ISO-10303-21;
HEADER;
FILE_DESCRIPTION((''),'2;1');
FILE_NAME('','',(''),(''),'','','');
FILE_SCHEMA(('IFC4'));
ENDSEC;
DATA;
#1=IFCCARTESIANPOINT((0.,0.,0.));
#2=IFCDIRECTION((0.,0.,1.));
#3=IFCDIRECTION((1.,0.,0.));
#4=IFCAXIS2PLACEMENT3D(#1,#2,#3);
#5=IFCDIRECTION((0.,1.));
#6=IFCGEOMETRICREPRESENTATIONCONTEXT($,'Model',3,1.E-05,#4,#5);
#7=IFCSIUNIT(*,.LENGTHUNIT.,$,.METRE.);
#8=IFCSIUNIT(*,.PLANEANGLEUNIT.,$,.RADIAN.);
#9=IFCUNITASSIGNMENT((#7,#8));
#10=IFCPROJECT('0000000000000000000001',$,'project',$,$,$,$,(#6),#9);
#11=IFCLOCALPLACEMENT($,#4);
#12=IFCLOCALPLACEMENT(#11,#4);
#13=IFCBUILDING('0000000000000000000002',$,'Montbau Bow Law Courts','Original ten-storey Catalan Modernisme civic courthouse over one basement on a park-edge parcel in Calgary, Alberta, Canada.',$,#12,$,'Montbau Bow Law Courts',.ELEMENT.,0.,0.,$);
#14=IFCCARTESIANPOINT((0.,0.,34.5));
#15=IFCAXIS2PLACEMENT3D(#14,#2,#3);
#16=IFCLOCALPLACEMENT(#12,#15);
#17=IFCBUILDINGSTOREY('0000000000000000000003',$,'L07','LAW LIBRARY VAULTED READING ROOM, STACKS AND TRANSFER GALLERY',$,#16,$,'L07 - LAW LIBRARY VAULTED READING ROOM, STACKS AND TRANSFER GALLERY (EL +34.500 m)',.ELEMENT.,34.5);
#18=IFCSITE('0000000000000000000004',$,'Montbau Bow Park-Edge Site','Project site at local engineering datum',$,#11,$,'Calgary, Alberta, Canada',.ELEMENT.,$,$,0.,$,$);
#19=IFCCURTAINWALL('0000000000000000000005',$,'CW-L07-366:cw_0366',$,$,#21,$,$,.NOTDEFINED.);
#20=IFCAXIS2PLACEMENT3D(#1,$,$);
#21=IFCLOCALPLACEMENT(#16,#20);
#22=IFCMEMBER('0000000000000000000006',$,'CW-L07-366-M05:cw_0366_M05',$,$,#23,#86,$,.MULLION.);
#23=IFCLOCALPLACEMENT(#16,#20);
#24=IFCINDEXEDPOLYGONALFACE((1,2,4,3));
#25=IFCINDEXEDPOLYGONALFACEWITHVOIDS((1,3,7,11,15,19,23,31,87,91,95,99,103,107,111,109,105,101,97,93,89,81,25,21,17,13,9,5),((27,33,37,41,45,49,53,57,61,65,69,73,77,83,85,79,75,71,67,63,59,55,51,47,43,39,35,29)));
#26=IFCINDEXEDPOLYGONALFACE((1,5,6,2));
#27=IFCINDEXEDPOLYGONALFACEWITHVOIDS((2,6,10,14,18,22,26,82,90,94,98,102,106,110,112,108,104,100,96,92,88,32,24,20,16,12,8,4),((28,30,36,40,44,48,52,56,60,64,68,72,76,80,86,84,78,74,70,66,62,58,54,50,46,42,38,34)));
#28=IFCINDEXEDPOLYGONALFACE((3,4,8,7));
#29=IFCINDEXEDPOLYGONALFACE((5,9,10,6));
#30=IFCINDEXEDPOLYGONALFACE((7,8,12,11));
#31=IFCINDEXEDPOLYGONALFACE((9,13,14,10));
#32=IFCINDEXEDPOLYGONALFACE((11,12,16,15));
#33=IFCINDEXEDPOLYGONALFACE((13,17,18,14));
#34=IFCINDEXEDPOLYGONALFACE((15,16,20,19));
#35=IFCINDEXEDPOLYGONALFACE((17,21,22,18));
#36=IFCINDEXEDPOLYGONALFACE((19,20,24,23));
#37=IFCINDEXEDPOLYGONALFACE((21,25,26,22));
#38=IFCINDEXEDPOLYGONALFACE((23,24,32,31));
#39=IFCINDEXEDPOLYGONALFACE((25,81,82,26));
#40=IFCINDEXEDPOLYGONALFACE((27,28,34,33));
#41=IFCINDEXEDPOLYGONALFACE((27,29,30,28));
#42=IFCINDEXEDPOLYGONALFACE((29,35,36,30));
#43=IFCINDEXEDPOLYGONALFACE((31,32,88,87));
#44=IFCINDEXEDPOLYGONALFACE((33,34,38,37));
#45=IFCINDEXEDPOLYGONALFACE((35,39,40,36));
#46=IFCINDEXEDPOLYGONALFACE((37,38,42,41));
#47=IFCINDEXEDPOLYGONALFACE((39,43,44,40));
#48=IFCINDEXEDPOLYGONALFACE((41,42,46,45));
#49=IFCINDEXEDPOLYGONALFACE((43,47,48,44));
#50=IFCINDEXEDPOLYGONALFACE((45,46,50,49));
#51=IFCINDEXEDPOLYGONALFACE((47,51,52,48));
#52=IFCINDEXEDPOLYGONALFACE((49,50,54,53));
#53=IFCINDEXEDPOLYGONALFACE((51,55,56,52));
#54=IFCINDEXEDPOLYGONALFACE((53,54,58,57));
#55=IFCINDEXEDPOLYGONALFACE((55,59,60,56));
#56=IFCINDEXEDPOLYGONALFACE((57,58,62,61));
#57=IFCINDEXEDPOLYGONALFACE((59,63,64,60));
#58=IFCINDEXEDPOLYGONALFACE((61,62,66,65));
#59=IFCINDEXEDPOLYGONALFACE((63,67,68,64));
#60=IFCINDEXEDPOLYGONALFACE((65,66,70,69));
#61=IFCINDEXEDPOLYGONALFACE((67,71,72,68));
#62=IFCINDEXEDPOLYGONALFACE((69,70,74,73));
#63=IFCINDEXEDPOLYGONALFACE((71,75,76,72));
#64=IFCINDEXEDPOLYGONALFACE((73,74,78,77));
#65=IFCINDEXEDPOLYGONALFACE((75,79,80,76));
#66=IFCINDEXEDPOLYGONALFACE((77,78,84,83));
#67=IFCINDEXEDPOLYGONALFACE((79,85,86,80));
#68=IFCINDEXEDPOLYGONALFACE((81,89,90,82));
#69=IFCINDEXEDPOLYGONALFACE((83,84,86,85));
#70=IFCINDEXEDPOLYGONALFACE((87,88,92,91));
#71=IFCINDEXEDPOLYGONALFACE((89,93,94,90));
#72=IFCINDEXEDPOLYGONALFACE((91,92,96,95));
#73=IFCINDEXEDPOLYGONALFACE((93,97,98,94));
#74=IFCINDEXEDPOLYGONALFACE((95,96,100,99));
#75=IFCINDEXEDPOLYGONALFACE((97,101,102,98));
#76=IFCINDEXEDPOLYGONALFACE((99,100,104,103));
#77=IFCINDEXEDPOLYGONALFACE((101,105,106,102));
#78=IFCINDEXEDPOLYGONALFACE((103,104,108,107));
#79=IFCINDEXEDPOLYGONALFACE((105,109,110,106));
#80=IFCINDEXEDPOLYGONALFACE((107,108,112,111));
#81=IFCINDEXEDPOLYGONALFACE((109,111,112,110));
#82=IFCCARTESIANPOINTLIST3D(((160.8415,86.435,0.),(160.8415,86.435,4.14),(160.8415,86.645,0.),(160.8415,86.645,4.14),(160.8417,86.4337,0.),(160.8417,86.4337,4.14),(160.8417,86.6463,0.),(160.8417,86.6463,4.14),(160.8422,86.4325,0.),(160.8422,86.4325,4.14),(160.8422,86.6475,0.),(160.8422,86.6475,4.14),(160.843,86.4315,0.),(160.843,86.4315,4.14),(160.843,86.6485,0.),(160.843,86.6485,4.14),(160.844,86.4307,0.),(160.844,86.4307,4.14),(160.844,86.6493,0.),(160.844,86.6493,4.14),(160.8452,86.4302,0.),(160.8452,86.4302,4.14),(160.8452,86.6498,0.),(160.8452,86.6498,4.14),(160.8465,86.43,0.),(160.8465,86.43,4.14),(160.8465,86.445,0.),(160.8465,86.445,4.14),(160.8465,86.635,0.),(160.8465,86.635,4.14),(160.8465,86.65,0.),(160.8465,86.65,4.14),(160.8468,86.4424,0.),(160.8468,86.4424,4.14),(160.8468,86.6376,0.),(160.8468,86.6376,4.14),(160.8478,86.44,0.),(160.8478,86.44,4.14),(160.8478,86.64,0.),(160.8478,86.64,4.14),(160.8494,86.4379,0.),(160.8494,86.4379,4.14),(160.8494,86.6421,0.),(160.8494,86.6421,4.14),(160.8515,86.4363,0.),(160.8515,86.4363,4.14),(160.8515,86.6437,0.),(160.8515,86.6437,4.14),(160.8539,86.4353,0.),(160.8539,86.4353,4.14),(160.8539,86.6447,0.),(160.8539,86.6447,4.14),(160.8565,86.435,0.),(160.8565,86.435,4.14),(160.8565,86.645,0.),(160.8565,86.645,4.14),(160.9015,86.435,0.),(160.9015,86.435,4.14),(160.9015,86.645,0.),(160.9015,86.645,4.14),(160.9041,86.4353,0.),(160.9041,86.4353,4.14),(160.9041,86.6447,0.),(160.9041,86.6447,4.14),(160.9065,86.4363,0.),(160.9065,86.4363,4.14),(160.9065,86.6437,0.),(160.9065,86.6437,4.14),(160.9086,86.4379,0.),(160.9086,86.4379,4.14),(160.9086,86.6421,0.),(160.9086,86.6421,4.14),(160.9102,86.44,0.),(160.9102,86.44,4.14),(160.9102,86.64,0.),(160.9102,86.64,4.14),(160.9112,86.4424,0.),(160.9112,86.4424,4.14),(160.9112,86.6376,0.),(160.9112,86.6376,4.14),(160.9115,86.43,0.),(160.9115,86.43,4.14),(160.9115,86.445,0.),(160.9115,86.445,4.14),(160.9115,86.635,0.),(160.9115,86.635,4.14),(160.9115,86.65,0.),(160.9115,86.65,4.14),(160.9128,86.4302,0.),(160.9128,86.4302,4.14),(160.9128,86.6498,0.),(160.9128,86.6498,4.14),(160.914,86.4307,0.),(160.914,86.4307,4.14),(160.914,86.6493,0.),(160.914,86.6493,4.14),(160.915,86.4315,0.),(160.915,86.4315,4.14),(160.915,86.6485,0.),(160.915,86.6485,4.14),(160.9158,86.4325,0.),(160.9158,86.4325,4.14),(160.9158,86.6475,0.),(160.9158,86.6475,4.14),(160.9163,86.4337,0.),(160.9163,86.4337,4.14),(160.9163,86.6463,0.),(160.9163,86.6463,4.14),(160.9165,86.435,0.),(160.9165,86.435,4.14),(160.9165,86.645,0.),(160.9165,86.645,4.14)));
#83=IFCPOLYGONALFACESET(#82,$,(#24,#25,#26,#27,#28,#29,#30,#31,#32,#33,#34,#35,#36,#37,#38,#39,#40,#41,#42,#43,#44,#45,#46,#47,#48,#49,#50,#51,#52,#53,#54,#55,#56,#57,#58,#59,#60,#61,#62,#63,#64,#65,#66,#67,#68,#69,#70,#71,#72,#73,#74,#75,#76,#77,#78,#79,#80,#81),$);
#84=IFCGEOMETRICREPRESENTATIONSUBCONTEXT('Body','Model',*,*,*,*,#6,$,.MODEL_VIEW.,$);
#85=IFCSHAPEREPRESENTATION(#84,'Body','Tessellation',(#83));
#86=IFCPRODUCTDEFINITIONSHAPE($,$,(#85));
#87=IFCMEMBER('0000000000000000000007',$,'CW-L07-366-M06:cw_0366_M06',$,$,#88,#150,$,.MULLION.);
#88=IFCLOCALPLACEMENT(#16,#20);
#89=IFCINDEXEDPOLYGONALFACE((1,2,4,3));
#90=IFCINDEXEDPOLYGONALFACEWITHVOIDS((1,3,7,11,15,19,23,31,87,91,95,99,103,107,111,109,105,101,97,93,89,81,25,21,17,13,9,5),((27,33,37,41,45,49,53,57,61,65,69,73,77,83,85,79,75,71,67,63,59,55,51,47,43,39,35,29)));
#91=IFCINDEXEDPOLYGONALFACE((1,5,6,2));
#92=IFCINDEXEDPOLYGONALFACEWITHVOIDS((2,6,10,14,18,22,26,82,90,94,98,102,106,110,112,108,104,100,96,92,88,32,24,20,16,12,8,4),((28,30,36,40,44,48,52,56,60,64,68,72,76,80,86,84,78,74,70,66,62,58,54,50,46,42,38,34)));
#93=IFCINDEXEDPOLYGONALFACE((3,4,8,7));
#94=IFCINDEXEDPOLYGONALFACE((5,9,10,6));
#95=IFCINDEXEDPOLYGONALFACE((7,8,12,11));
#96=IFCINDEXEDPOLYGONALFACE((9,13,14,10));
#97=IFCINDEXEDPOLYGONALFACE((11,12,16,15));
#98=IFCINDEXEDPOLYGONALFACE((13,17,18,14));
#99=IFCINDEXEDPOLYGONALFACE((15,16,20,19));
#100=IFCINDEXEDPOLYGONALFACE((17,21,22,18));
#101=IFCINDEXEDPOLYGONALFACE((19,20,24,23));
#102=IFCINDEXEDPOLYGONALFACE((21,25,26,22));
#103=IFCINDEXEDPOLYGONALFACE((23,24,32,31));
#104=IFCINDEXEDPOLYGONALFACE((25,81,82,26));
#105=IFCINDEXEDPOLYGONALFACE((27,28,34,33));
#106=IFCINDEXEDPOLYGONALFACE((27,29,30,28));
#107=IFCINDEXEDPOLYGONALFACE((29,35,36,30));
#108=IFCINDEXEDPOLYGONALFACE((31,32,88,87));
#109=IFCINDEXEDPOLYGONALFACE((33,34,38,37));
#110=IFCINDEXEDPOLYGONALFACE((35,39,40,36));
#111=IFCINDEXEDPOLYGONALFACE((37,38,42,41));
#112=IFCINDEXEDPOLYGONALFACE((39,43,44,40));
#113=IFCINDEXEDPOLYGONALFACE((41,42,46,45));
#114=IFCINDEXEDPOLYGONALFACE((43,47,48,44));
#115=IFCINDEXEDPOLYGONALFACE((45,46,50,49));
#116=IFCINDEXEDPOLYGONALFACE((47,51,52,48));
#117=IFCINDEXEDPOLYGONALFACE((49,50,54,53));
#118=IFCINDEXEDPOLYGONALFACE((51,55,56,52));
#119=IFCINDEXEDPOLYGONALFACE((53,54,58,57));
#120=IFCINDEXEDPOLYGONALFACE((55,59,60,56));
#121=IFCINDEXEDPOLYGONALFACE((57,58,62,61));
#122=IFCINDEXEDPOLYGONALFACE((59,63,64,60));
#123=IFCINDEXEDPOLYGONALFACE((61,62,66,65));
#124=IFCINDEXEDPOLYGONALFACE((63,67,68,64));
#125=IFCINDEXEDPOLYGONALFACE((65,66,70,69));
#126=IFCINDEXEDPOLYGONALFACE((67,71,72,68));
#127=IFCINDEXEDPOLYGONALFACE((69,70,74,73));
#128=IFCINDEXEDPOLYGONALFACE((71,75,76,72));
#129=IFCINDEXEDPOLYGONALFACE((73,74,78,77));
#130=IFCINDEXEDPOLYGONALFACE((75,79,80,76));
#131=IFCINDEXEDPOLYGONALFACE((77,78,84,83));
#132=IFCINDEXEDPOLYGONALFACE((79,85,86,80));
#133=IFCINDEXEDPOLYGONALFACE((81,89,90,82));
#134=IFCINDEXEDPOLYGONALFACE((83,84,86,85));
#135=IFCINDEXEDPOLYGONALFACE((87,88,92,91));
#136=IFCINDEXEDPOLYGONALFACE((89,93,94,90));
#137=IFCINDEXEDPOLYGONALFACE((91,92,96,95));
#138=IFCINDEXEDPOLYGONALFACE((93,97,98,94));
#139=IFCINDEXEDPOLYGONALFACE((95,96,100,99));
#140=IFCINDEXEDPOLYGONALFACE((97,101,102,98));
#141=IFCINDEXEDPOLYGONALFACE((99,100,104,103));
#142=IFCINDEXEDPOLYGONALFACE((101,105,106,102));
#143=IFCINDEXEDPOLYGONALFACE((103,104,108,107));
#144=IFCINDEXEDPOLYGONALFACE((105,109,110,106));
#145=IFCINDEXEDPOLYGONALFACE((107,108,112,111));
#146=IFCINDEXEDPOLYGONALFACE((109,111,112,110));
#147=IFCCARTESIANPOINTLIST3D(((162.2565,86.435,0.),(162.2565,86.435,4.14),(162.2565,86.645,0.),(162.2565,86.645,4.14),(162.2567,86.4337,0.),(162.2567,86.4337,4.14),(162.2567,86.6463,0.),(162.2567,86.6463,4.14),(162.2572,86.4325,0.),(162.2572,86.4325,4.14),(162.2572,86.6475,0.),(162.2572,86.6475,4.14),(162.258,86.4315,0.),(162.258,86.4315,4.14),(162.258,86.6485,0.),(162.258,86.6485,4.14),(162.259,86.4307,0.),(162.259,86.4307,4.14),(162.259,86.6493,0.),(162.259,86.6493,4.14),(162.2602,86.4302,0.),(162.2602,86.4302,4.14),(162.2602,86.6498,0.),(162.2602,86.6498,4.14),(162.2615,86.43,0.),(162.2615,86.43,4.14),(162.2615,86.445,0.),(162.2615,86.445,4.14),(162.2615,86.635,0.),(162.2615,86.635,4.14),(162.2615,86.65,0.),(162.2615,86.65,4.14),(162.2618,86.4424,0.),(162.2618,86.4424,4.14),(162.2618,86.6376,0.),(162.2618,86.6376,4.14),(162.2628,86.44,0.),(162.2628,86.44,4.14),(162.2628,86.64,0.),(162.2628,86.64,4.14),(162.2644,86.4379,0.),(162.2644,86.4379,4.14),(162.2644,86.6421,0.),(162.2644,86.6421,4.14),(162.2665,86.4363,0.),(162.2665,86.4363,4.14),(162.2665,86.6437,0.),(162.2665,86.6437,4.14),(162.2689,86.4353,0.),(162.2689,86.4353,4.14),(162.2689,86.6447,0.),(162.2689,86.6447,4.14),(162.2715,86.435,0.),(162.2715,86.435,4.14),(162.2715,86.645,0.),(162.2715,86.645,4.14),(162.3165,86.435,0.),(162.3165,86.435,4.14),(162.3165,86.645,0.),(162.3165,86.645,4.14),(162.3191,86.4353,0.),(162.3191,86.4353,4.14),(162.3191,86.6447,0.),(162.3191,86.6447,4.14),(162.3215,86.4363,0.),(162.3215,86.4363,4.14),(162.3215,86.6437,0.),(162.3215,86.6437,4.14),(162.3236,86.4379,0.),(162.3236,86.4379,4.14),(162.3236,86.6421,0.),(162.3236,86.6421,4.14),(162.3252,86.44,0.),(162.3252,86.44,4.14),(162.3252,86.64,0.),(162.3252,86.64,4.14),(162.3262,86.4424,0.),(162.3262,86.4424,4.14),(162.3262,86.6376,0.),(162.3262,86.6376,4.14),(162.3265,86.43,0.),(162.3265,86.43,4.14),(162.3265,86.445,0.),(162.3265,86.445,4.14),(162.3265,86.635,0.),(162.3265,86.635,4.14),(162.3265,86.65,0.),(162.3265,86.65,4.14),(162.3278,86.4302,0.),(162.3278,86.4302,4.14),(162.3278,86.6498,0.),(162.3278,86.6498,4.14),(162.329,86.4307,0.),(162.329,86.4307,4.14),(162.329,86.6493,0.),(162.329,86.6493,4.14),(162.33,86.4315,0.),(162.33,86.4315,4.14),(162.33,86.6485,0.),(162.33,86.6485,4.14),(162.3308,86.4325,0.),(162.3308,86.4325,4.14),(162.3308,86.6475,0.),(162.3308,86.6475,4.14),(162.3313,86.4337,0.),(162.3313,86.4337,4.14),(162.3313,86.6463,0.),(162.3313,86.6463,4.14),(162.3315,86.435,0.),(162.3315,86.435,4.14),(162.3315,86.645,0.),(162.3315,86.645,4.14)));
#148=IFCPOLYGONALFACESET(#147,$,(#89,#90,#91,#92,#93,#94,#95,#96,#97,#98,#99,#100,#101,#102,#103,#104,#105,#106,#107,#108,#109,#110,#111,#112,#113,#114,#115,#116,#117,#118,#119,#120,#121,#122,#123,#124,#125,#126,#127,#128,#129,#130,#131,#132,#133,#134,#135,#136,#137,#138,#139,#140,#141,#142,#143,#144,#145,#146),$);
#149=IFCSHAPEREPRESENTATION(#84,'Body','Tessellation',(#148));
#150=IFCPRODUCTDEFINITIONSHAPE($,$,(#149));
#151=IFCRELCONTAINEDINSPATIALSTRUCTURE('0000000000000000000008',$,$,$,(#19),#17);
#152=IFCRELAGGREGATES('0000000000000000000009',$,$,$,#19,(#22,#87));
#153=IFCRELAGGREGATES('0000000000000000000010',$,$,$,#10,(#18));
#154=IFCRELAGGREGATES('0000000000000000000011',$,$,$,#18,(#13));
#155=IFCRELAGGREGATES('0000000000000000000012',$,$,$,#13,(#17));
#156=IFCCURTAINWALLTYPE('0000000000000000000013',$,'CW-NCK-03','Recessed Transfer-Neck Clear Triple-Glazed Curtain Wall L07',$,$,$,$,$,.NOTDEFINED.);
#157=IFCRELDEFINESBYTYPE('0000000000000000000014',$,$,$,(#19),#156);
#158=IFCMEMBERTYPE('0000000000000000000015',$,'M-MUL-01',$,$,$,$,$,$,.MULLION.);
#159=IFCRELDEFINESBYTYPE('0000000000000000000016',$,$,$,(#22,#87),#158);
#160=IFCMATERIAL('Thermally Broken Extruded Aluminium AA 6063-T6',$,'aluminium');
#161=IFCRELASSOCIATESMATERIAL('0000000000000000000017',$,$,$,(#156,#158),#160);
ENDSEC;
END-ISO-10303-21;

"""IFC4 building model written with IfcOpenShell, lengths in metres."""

from ifc_helpers import new_model, si_unit, direction, frame, origin_with_axes, origin_2d_with_axis, place, context, subcontext, project, spatial, hollow_rectangle, extrude, material, material_profile, profile_set, type_object, element, aggregate, save


model = new_model("IFC4")

# Units and contexts
model_context = context("Model", 3, precision=1e-05, world=origin_with_axes(), true_north=direction((0.0, 1.0)))
body_context = subcontext(model_context, "Body", "Model", "MODEL_VIEW")
ifc_project = project(units=[si_unit("LENGTHUNIT", "METRE"), si_unit("PLANEANGLEUNIT", "RADIAN")], contexts=[model_context])

# Site, building, storey
site_placement = place(None, origin_with_axes())
site = spatial("IfcSite", under=ifc_project, at=site_placement, Name="Montbau Bow Park-Edge Site", Description="Project site at local engineering datum", LongName="Calgary, Alberta, Canada", CompositionType="ELEMENT", RefElevation=0.0)
building_placement = place(site_placement, origin_with_axes())
building = spatial("IfcBuilding", under=site, at=building_placement, Name="Montbau Bow Law Courts", Description="Original ten-storey Catalan Modernisme civic courthouse over one basement on a park-edge parcel in Calgary, Alberta, Canada.", LongName="Montbau Bow Law Courts", CompositionType="ELEMENT", ElevationOfRefHeight=0.0, ElevationOfTerrain=0.0)
storey_placement = place(building_placement, frame((0.0, 0.0, 34.5), z_axis=(0.0, 0.0, 1.0), x_axis=(1.0, 0.0, 0.0)))
storey = spatial("IfcBuildingStorey", under=building, at=storey_placement, Name="L07", Description="LAW LIBRARY VAULTED READING ROOM, STACKS AND TRANSFER GALLERY", LongName="L07 - LAW LIBRARY VAULTED READING ROOM, STACKS AND TRANSFER GALLERY (EL +34.500 m)", CompositionType="ELEMENT", Elevation=34.5)

# Curtain wall, members
ifc_material_1 = material(Name="Thermally Broken Extruded Aluminium AA 6063-T6", Category="aluminium")
curtain_wall_type = type_object("IfcCurtainWallType", Name="CW-NCK-03", Description="Recessed Transfer-Neck Clear Triple-Glazed Curtain Wall L07", PredefinedType="NOTDEFINED", material=ifc_material_1)
curtain_wall_1_placement = place(None, frame((155.068, 86.54, 34.5), z_axis=(0.0, 0.0, 1.0), x_axis=(1.0, 0.0, 0.0)))
curtain_wall_1 = element("IfcCurtainWall", 1, at=curtain_wall_1_placement, inside=storey, type_object=curtain_wall_type, Name="CW-L07-366:cw_0366", PredefinedType="NOTDEFINED")
ifc_material_profile_1 = material_profile(ifc_material_1, hollow_rectangle(XDim=0.075, YDim=0.22, WallThickness=0.005, InnerFilletRadius=0.01, OuterFilletRadius=0.005, at=origin_2d_with_axis()), Name="CWM-220X75", Category="Main", Priority=0)
ifc_profile_set_1 = profile_set([ifc_material_profile_1], Name="Thermally Broken Extruded Aluminium AA 6063-T6")
member_type_1 = type_object("IfcMemberType", Name="M-MUL-01", PredefinedType="MULLION", material=ifc_profile_set_1)
member_1_placement = place(None, frame((160.879, 86.54, 34.5), z_axis=(0.0, 0.0, 1.0), x_axis=(1.0, 0.0, 0.0)))
member_1 = element("IfcMember", 2, at=member_1_placement, type_object=member_type_1, Name="CW-L07-366-M05:cw_0366_M05", PredefinedType="MULLION", context=body_context, shape_type="SweptSolid", body=[
    extrude(hollow_rectangle(XDim=0.075, YDim=0.22, WallThickness=0.005, InnerFilletRadius=0.01, OuterFilletRadius=0.005, at=origin_2d_with_axis()), origin_with_axes(), (0.0, 0.0, 1.0), 4.14),
])
member_2_placement = place(None, frame((162.294, 86.54, 34.5), z_axis=(0.0, 0.0, 1.0), x_axis=(1.0, 0.0, 0.0)))
member_2 = element("IfcMember", 3, at=member_2_placement, type_object=member_type_1, Name="CW-L07-366-M06:cw_0366_M06", PredefinedType="MULLION", context=body_context, shape_type="SweptSolid", body=[
    extrude(hollow_rectangle(XDim=0.075, YDim=0.22, WallThickness=0.005, InnerFilletRadius=0.01, OuterFilletRadius=0.005, at=origin_2d_with_axis()), origin_with_axes(), (0.0, 0.0, 1.0), 4.14),
])

aggregate(curtain_wall_1, [member_1, member_2])

save(model, "model.ifc")
